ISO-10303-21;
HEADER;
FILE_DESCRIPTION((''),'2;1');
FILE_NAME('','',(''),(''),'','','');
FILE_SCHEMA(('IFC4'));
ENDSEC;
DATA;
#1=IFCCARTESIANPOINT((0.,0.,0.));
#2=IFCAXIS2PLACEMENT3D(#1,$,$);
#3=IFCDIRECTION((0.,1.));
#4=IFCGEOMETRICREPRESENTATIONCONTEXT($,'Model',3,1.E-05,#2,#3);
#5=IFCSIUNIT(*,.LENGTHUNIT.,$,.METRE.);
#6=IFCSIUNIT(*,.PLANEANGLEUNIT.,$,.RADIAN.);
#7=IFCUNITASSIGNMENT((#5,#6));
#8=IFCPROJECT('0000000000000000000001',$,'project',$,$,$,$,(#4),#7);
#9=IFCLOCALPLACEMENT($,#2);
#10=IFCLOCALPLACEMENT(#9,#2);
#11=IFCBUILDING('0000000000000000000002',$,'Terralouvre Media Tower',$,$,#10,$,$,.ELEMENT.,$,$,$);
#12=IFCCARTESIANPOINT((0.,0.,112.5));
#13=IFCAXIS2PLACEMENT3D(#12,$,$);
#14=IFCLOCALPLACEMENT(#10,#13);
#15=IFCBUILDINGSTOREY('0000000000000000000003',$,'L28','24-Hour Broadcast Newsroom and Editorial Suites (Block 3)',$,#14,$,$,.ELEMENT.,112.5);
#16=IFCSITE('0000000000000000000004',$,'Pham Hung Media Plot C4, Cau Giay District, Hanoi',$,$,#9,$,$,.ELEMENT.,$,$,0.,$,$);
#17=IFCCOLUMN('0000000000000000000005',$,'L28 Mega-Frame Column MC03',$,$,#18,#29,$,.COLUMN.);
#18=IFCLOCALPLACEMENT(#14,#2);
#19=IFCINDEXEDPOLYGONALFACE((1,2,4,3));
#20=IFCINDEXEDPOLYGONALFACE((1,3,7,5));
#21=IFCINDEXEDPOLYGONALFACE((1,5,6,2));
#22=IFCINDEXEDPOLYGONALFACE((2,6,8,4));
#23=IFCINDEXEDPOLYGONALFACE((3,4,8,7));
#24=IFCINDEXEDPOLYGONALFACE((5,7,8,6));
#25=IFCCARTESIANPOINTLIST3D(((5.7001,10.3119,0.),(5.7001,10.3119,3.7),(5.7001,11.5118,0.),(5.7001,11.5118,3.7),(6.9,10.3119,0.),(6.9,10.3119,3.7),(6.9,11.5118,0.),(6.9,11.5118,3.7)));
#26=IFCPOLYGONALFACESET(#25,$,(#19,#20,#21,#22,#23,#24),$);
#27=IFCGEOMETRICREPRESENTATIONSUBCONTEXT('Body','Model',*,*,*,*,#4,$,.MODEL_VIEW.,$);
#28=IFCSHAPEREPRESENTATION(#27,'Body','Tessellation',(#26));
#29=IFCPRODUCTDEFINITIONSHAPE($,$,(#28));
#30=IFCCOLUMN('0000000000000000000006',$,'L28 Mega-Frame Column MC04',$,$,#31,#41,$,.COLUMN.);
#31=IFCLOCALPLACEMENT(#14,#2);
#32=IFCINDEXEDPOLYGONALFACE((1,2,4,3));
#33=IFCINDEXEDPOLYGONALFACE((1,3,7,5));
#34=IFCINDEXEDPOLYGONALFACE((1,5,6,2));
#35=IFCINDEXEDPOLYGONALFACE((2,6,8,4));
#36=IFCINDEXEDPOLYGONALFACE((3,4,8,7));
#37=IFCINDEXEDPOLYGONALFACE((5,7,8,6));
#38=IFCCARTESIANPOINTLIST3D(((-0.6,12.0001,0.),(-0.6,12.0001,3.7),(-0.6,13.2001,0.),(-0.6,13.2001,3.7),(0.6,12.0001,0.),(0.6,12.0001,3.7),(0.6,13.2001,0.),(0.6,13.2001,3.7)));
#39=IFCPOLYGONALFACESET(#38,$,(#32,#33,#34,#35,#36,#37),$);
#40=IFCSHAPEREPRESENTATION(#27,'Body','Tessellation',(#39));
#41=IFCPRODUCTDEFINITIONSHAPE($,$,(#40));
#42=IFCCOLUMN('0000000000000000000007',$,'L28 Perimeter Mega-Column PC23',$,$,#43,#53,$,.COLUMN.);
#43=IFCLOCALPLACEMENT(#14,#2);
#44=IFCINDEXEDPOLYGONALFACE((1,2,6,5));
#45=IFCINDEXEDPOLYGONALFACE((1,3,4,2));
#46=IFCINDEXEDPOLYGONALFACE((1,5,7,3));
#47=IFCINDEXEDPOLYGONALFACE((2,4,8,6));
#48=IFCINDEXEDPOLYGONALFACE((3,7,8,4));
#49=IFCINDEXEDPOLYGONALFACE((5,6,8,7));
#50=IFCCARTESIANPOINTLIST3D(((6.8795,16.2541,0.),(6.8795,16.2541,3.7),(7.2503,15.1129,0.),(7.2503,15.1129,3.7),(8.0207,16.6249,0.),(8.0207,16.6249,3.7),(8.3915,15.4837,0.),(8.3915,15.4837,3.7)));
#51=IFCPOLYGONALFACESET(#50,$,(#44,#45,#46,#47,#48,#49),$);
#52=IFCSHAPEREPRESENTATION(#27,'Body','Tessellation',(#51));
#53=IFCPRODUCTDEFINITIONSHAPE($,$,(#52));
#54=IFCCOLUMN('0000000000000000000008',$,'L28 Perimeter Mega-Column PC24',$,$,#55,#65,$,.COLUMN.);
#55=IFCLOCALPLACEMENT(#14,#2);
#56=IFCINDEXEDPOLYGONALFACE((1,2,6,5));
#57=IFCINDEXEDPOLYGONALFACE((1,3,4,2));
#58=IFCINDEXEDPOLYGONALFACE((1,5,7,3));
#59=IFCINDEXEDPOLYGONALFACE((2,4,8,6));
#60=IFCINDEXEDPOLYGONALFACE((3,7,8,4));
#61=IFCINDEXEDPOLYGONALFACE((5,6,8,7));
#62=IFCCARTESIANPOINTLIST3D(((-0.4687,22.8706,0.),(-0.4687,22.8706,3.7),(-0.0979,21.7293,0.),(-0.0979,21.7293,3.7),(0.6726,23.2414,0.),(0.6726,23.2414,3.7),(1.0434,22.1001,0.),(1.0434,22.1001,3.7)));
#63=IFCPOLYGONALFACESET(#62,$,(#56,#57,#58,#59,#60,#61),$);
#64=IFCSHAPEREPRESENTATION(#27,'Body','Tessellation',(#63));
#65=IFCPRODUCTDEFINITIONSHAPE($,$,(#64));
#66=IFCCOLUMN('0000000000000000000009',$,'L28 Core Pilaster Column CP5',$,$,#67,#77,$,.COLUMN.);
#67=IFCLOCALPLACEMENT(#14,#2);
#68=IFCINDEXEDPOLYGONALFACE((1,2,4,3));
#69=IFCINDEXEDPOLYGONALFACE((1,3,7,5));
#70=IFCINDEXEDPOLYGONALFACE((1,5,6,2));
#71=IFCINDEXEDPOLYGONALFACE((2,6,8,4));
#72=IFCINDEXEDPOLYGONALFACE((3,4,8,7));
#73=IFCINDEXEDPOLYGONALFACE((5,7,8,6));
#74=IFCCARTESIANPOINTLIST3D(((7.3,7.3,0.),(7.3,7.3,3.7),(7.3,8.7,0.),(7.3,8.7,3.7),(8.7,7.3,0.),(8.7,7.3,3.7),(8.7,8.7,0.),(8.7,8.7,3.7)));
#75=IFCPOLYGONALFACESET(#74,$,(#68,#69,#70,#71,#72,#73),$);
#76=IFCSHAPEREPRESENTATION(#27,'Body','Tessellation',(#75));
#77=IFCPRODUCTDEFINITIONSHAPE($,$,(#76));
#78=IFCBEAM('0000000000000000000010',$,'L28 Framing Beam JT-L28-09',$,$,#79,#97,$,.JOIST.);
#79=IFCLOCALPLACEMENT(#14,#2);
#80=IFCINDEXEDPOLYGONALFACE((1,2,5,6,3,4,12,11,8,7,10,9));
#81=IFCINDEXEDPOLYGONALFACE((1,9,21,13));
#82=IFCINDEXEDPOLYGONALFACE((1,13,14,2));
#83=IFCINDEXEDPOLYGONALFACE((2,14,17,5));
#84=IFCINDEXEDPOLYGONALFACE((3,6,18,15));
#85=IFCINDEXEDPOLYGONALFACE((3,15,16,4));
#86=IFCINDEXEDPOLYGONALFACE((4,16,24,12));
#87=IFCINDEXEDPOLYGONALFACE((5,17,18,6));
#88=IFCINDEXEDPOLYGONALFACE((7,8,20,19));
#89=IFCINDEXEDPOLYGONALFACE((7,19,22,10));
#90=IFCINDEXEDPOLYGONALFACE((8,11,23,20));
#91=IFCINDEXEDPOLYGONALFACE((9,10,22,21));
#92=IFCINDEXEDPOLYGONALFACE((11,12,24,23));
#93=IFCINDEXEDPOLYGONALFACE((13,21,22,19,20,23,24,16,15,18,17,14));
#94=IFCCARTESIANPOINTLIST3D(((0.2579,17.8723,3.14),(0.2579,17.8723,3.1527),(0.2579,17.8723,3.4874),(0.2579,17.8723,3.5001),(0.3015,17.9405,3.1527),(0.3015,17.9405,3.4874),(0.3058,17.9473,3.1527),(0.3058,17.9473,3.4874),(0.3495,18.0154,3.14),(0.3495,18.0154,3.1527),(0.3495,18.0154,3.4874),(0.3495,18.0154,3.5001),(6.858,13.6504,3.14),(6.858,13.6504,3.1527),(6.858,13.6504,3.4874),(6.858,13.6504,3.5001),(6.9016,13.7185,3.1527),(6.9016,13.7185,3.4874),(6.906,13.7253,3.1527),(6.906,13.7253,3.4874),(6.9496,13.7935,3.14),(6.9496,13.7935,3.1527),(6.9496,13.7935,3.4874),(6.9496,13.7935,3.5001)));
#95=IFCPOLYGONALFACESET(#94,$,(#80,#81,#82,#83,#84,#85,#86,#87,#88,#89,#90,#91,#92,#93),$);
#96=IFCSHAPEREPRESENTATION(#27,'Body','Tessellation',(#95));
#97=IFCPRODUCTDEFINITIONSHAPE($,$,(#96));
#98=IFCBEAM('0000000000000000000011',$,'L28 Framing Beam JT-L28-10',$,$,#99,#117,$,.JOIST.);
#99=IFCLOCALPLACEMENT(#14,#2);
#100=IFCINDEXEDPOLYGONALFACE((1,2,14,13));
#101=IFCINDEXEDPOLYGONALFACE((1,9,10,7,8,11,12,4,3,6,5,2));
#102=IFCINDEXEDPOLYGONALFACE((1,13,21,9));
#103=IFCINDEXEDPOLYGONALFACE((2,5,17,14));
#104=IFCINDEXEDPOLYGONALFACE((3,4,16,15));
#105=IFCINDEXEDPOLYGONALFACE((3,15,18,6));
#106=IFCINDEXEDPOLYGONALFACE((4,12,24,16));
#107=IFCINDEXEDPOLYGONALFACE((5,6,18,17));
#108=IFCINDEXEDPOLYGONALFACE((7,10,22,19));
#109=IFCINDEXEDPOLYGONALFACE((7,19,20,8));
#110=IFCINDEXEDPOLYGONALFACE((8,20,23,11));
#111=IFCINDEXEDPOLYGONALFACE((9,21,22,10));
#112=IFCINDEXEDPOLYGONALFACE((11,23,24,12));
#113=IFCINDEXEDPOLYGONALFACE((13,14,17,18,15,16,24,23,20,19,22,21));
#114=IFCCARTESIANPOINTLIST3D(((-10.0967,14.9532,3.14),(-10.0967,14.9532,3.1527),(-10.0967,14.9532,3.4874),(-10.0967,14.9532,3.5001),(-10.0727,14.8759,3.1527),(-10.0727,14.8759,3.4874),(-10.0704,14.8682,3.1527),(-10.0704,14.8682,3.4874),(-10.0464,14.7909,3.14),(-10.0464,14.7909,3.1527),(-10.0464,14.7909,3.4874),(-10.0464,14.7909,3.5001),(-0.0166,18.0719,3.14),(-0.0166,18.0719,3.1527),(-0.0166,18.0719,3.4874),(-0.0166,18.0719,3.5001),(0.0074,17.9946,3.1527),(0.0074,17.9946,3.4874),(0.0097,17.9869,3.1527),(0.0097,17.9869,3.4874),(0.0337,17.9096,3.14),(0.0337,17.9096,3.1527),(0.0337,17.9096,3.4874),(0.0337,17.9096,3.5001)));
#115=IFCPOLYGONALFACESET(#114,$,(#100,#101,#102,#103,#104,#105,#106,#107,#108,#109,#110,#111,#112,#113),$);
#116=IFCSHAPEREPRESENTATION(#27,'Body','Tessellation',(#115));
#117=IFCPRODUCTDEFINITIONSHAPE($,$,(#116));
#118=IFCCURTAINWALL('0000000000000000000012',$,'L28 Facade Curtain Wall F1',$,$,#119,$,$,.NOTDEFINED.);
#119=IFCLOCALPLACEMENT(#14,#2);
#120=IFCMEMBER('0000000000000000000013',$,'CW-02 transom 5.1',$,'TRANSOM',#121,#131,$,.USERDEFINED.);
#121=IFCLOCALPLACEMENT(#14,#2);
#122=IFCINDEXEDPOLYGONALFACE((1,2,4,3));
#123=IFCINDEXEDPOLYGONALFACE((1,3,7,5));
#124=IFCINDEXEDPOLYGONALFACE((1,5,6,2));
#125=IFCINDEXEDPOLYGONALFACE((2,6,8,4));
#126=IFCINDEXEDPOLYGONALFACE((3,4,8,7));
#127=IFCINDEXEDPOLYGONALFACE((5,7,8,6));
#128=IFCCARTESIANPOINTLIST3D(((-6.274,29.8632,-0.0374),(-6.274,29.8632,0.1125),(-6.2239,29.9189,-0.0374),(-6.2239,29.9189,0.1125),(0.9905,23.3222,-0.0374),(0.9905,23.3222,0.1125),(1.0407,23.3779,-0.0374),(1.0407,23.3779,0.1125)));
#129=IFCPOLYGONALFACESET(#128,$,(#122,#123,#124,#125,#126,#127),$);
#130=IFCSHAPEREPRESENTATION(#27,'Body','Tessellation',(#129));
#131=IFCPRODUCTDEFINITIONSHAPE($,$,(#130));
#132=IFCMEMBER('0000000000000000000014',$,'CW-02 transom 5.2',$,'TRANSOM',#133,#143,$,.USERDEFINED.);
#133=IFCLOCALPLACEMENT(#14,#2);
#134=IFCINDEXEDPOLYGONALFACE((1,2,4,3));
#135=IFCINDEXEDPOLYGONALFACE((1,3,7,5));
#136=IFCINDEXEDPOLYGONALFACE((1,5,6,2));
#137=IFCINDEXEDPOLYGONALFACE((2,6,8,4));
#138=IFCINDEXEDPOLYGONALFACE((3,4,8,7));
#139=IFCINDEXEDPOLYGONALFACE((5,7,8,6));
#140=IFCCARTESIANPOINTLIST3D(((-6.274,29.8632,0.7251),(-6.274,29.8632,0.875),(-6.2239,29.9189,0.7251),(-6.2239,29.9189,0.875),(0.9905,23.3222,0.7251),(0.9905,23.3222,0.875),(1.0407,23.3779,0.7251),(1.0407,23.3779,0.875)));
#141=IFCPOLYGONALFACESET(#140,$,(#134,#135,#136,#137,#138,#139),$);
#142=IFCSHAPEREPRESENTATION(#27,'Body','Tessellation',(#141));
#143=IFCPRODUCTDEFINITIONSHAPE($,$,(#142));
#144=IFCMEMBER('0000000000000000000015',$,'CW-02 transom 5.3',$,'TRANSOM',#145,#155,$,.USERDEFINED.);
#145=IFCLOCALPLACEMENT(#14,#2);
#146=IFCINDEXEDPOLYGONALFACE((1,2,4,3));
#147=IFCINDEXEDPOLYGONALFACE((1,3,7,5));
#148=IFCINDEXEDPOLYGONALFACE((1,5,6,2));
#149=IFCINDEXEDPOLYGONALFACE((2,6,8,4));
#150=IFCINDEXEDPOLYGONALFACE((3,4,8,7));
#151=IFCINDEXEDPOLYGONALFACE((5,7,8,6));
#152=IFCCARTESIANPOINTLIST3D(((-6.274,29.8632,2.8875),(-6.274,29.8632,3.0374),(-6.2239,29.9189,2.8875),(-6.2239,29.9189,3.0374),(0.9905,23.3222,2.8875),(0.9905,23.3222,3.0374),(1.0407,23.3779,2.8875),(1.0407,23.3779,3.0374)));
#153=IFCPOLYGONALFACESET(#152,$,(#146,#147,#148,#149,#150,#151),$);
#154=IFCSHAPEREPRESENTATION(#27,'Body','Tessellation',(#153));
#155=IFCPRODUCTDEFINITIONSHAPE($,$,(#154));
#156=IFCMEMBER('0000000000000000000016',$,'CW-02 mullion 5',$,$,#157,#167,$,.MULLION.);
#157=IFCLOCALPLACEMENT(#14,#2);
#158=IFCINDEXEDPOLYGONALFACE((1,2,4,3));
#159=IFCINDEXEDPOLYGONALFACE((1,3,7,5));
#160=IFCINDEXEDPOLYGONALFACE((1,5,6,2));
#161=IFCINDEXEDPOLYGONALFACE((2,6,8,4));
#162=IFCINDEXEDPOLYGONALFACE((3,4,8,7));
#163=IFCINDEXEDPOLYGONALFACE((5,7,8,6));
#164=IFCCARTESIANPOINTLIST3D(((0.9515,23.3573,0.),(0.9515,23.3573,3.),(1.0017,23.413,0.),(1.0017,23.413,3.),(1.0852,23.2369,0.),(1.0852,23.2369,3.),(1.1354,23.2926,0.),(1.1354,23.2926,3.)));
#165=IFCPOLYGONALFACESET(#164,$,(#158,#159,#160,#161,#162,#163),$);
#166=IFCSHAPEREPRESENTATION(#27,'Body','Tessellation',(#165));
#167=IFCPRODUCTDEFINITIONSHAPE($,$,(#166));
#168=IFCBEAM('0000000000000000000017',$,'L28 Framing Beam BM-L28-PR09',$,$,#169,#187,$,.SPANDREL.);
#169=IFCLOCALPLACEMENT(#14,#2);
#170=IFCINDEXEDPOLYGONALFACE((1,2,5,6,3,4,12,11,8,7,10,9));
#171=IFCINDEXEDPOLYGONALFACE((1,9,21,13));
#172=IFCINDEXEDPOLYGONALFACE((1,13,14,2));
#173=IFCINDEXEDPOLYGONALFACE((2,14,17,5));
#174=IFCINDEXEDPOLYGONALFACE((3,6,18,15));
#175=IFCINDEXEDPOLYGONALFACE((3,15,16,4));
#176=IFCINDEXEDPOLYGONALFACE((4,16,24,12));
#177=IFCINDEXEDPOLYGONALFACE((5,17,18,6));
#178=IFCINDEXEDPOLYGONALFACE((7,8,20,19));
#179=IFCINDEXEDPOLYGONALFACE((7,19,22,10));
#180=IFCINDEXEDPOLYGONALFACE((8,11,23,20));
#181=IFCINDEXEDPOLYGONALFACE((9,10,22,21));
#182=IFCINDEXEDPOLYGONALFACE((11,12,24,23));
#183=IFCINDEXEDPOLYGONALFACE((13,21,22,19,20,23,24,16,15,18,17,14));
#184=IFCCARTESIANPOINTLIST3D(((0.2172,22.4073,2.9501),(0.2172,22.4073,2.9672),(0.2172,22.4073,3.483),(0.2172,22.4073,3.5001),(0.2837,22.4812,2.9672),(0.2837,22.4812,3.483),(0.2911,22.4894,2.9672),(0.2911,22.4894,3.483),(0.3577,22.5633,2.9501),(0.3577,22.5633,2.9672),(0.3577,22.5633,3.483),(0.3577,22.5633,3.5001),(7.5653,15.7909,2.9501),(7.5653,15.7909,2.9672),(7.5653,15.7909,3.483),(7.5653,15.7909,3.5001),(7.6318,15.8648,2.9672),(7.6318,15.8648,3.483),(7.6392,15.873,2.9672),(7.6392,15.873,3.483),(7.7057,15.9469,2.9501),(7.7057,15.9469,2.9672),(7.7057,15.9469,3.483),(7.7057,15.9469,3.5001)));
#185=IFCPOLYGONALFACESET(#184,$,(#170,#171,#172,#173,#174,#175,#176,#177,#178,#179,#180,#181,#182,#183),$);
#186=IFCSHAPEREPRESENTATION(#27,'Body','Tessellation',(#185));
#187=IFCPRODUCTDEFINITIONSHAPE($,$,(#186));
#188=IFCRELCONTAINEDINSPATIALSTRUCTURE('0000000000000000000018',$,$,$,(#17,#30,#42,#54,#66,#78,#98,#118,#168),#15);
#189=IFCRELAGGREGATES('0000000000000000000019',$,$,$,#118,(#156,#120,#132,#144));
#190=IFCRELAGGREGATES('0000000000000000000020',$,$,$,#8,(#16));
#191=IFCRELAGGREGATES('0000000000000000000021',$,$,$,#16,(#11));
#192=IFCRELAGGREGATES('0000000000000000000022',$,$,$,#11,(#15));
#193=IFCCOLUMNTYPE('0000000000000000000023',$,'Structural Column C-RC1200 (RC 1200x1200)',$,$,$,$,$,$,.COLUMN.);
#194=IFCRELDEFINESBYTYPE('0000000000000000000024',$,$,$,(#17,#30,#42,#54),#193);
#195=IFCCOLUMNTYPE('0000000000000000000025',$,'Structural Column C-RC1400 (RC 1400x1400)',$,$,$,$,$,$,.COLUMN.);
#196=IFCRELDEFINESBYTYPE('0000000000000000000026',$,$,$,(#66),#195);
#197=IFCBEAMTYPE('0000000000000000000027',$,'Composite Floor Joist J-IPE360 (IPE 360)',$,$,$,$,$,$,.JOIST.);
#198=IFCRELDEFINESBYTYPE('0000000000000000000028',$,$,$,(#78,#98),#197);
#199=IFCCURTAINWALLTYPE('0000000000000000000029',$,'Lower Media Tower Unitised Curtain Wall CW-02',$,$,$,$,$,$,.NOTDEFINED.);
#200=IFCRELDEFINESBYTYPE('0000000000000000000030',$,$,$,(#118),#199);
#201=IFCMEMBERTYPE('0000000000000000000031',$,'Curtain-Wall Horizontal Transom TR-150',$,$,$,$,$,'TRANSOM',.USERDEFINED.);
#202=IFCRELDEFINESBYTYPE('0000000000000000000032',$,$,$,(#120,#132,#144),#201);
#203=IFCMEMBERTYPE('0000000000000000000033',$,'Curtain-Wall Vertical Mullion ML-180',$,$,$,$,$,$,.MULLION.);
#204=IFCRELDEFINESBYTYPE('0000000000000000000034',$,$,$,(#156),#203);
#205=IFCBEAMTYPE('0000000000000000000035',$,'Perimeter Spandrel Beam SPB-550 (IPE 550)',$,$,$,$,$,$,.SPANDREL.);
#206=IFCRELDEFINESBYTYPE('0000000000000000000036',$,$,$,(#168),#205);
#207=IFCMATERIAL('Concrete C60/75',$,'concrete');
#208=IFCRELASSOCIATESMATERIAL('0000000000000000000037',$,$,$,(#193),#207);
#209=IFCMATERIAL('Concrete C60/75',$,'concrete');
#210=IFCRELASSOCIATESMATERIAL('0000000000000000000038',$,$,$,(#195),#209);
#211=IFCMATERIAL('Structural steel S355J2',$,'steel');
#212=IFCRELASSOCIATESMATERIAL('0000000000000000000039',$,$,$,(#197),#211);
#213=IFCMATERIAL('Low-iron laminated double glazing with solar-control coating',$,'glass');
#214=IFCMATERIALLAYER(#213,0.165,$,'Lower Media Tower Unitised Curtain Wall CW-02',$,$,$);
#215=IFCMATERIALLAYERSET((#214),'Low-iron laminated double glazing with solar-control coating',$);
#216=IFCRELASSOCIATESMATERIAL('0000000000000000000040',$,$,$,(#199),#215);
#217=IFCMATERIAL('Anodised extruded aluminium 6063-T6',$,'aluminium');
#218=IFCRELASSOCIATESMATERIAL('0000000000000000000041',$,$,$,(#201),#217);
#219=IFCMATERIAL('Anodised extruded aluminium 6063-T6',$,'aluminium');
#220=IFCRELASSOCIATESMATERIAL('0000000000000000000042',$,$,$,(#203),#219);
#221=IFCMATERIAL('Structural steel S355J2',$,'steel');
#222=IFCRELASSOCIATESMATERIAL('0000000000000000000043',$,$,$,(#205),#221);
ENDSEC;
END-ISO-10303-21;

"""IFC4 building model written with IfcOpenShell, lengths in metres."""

from ifc_helpers import new_model, si_unit, direction, frame, origin, origin_2d, place, context, subcontext, project, spatial, rectangle, i_section, extrude, material, layer, layer_set, material_profile, profile_set, type_object, element, aggregate, save


model = new_model("IFC4")

# Units and contexts
model_context = context("Model", 3, precision=1e-05, world=origin(), true_north=direction((0.0, 1.0)))
body_context = subcontext(model_context, "Body", "Model", "MODEL_VIEW")
ifc_project = project(units=[si_unit("LENGTHUNIT", "METRE"), si_unit("PLANEANGLEUNIT", "RADIAN")], contexts=[model_context])

# Site, building, storey
site_placement = place(None, origin())
site = spatial("IfcSite", under=ifc_project, at=site_placement, Name="Pham Hung Media Plot C4, Cau Giay District, Hanoi", CompositionType="ELEMENT", RefElevation=0.0)
building_placement = place(site_placement, origin())
building = spatial("IfcBuilding", under=site, at=building_placement, Name="Terralouvre Media Tower", CompositionType="ELEMENT")
storey_placement = place(building_placement, frame((0.0, 0.0, 112.5)))
storey = spatial("IfcBuildingStorey", under=building, at=storey_placement, Name="L28", Description="24-Hour Broadcast Newsroom and Editorial Suites (Block 3)", CompositionType="ELEMENT", Elevation=112.5)

# Columns
ifc_material_1 = material(Name="Concrete C60/75", Category="concrete")
ifc_material_profile_1 = material_profile(ifc_material_1, rectangle(XDim=1.2, YDim=1.2, at=origin_2d()), Name="RC 1200x1200")
ifc_profile_set_1 = profile_set([ifc_material_profile_1], Name="Concrete C60/75")
column_type_1 = type_object("IfcColumnType", Name="Structural Column C-RC1200 (RC 1200x1200)", PredefinedType="COLUMN", material=ifc_profile_set_1)
for number, where, z_axis, x_axis, name in (
    (1, (6.3, 10.9119, 0.0), (0.0, 0.0, 1.0), (1.0, 0.0, 0.0), "L28 Mega-Frame Column MC03"),
    (2, (0.0, 12.6001, 0.0), (0.0, 0.0, 1.0), (1.0, 0.0, 0.0), "L28 Mega-Frame Column MC04"),
    (3, (7.6355, 15.8689, 0.0), (0.0, 0.0, 1.0), (0.951057, 0.309017, 0.0), "L28 Perimeter Mega-Column PC23"),
    (4, (0.2874, 22.4854, 0.0), (0.0, 0.0, 1.0), (0.951057, 0.309017, 0.0), "L28 Perimeter Mega-Column PC24"),
):
    element("IfcColumn", number, at=place(storey_placement, frame(where, z_axis=z_axis, x_axis=x_axis)), inside=storey, type_object=column_type_1, Name=name, PredefinedType="COLUMN", context=body_context, shape_type="SweptSolid", body=[
        extrude(rectangle(XDim=1.2, YDim=1.2, at=origin_2d()), origin(), (0.0, 0.0, 1.0), 3.7),
    ])
ifc_material_2 = material(Name="Concrete C60/75", Category="concrete")
ifc_material_profile_2 = material_profile(ifc_material_2, rectangle(XDim=1.3999, YDim=1.3999, at=origin_2d()), Name="RC 1400x1400")
ifc_profile_set_2 = profile_set([ifc_material_profile_2], Name="Concrete C60/75")
column_type_2 = type_object("IfcColumnType", Name="Structural Column C-RC1400 (RC 1400x1400)", PredefinedType="COLUMN", material=ifc_profile_set_2)
column_placement = place(storey_placement, frame((8.0, 8.0, 0.0), z_axis=(0.0, 0.0, 1.0), x_axis=(1.0, 0.0, 0.0)))
element("IfcColumn", 5, at=column_placement, inside=storey, type_object=column_type_2, Name="L28 Core Pilaster Column CP5", PredefinedType="COLUMN", context=body_context, shape_type="SweptSolid", body=[
    extrude(rectangle(XDim=1.3999, YDim=1.3999, at=origin_2d()), origin(), (0.0, 0.0, 1.0), 3.7),
])

# Beams
ifc_material_3 = material(Name="Structural steel S355J2", Category="steel")
ifc_material_profile_3 = material_profile(ifc_material_3, i_section(OverallWidth=0.1699, OverallDepth=0.3601, WebThickness=0.0081, FlangeThickness=0.0127, at=origin_2d()), Name="IPE 360")
ifc_profile_set_3 = profile_set([ifc_material_profile_3], Name="Structural steel S355J2")
beam_type_1 = type_object("IfcBeamType", Name="Composite Floor Joist J-IPE360 (IPE 360)", PredefinedType="JOIST", material=ifc_profile_set_3)
beam_1_placement = place(storey_placement, frame((6.9038, 13.7219, 3.3201), z_axis=(-0.842395, 0.53886, 0.0), x_axis=(-0.53886, -0.842395, 0.0)))
element("IfcBeam", 6, at=beam_1_placement, inside=storey, type_object=beam_type_1, Name="L28 Framing Beam JT-L28-09", PredefinedType="JOIST", context=body_context, shape_type="SweptSolid", body=[
    extrude(i_section(OverallWidth=0.1699, OverallDepth=0.3601, WebThickness=0.0081, FlangeThickness=0.0127, at=origin_2d()), origin(), (0.0, 0.0, 1.0), 7.835),
])
beam_2_placement = place(storey_placement, frame((0.0085, 17.9907, 3.3201), z_axis=(-0.955323, -0.295565, 0.0), x_axis=(0.295565, -0.955323, 0.0)))
element("IfcBeam", 7, at=beam_2_placement, inside=storey, type_object=beam_type_1, Name="L28 Framing Beam JT-L28-10", PredefinedType="JOIST", context=body_context, shape_type="SweptSolid", body=[
    extrude(i_section(OverallWidth=0.1699, OverallDepth=0.3601, WebThickness=0.0081, FlangeThickness=0.0127, at=origin_2d()), origin(), (0.0, 0.0, 1.0), 10.5515),
])

# Curtain wall, members
ifc_material_4 = material(Name="Low-iron laminated double glazing with solar-control coating", Category="glass")
ifc_layer_1 = layer(ifc_material_4, 0.165, Name="Lower Media Tower Unitised Curtain Wall CW-02")
ifc_layer_set_1 = layer_set([ifc_layer_1], Name="Low-iron laminated double glazing with solar-control coating")
curtain_wall_type = type_object("IfcCurtainWallType", Name="Lower Media Tower Unitised Curtain Wall CW-02", PredefinedType="NOTDEFINED", material=ifc_layer_set_1)
curtain_wall_placement = place(storey_placement, origin())
curtain_wall = element("IfcCurtainWall", 8, at=curtain_wall_placement, inside=storey, type_object=curtain_wall_type, Name="L28 Facade Curtain Wall F1", PredefinedType="NOTDEFINED")
ifc_material_5 = material(Name="Anodised extruded aluminium 6063-T6", Category="aluminium")
ifc_material_profile_4 = material_profile(ifc_material_5, rectangle(XDim=0.075, YDim=0.1499, at=origin_2d()), Name="ALU 75x150")
ifc_profile_set_4 = profile_set([ifc_material_profile_4], Name="Anodised extruded aluminium 6063-T6")
member_type_1 = type_object("IfcMemberType", Name="Curtain-Wall Horizontal Transom TR-150", ElementType="TRANSOM", PredefinedType="USERDEFINED", material=ifc_profile_set_4)
member_1_placement = place(storey_placement, frame((1.0156, 23.3501, 0.0376), z_axis=(-0.74315, 0.669125, 0.0), x_axis=(-0.669125, -0.74315, 0.0)))
member_1 = element("IfcMember", 9, at=member_1_placement, type_object=member_type_1, Name="CW-02 transom 5.1", ObjectType="TRANSOM", PredefinedType="USERDEFINED", context=body_context, shape_type="SweptSolid", body=[
    extrude(rectangle(XDim=0.075, YDim=0.1499, at=origin_2d()), origin(), (0.0, 0.0, 1.0), 9.7754),
])
member_2_placement = place(storey_placement, frame((1.0156, 23.3501, 0.8), z_axis=(-0.74315, 0.669125, 0.0), x_axis=(-0.669125, -0.74315, 0.0)))
member_2 = element("IfcMember", 10, at=member_2_placement, type_object=member_type_1, Name="CW-02 transom 5.2", ObjectType="TRANSOM", PredefinedType="USERDEFINED", context=body_context, shape_type="SweptSolid", body=[
    extrude(rectangle(XDim=0.075, YDim=0.1499, at=origin_2d()), origin(), (0.0, 0.0, 1.0), 9.7754),
])
member_3_placement = place(storey_placement, frame((1.0156, 23.3501, 2.9624), z_axis=(-0.74315, 0.669125, 0.0), x_axis=(-0.669125, -0.74315, 0.0)))
member_3 = element("IfcMember", 11, at=member_3_placement, type_object=member_type_1, Name="CW-02 transom 5.3", ObjectType="TRANSOM", PredefinedType="USERDEFINED", context=body_context, shape_type="SweptSolid", body=[
    extrude(rectangle(XDim=0.075, YDim=0.1499, at=origin_2d()), origin(), (0.0, 0.0, 1.0), 9.7754),
])
ifc_material_6 = material(Name="Anodised extruded aluminium 6063-T6", Category="aluminium")
ifc_material_profile_5 = material_profile(ifc_material_6, rectangle(XDim=0.075, YDim=0.1799, at=origin_2d()), Name="ALU 75x180")
ifc_profile_set_5 = profile_set([ifc_material_profile_5], Name="Anodised extruded aluminium 6063-T6")
member_type_2 = type_object("IfcMemberType", Name="Curtain-Wall Vertical Mullion ML-180", PredefinedType="MULLION", material=ifc_profile_set_5)
member_4_placement = place(storey_placement, frame((1.0435, 23.325, 0.0), z_axis=(0.0, 0.0, 1.0), x_axis=(-0.669131, -0.743145, 0.0)))
member_4 = element("IfcMember", 12, at=member_4_placement, type_object=member_type_2, Name="CW-02 mullion 5", PredefinedType="MULLION", context=body_context, shape_type="SweptSolid", body=[
    extrude(rectangle(XDim=0.075, YDim=0.1799, at=origin_2d()), origin(), (0.0, 0.0, 1.0), 3.0),
])

# Beam
ifc_material_7 = material(Name="Structural steel S355J2", Category="steel")
ifc_material_profile_6 = material_profile(ifc_material_7, i_section(OverallWidth=0.21, OverallDepth=0.55, WebThickness=0.011, FlangeThickness=0.0171, at=origin_2d()), Name="IPE 550")
ifc_profile_set_6 = profile_set([ifc_material_profile_6], Name="Structural steel S355J2")
beam_type_2 = type_object("IfcBeamType", Name="Perimeter Spandrel Beam SPB-550 (IPE 550)", PredefinedType="SPANDREL", material=ifc_profile_set_6)
beam_3_placement = place(storey_placement, frame((7.6355, 15.8689, 3.2251), z_axis=(-0.743137, 0.669139, 0.0), x_axis=(-0.669139, -0.743137, 0.0)))
element("IfcBeam", 13, at=beam_3_placement, inside=storey, type_object=beam_type_2, Name="L28 Framing Beam BM-L28-PR09", PredefinedType="SPANDREL", context=body_context, shape_type="SweptSolid", body=[
    extrude(i_section(OverallWidth=0.21, OverallDepth=0.55, WebThickness=0.011, FlangeThickness=0.0171, at=origin_2d()), origin(), (0.0, 0.0, 1.0), 9.8879),
])

aggregate(curtain_wall, [member_4, member_1, member_2, member_3])

save(model, "model.ifc")
